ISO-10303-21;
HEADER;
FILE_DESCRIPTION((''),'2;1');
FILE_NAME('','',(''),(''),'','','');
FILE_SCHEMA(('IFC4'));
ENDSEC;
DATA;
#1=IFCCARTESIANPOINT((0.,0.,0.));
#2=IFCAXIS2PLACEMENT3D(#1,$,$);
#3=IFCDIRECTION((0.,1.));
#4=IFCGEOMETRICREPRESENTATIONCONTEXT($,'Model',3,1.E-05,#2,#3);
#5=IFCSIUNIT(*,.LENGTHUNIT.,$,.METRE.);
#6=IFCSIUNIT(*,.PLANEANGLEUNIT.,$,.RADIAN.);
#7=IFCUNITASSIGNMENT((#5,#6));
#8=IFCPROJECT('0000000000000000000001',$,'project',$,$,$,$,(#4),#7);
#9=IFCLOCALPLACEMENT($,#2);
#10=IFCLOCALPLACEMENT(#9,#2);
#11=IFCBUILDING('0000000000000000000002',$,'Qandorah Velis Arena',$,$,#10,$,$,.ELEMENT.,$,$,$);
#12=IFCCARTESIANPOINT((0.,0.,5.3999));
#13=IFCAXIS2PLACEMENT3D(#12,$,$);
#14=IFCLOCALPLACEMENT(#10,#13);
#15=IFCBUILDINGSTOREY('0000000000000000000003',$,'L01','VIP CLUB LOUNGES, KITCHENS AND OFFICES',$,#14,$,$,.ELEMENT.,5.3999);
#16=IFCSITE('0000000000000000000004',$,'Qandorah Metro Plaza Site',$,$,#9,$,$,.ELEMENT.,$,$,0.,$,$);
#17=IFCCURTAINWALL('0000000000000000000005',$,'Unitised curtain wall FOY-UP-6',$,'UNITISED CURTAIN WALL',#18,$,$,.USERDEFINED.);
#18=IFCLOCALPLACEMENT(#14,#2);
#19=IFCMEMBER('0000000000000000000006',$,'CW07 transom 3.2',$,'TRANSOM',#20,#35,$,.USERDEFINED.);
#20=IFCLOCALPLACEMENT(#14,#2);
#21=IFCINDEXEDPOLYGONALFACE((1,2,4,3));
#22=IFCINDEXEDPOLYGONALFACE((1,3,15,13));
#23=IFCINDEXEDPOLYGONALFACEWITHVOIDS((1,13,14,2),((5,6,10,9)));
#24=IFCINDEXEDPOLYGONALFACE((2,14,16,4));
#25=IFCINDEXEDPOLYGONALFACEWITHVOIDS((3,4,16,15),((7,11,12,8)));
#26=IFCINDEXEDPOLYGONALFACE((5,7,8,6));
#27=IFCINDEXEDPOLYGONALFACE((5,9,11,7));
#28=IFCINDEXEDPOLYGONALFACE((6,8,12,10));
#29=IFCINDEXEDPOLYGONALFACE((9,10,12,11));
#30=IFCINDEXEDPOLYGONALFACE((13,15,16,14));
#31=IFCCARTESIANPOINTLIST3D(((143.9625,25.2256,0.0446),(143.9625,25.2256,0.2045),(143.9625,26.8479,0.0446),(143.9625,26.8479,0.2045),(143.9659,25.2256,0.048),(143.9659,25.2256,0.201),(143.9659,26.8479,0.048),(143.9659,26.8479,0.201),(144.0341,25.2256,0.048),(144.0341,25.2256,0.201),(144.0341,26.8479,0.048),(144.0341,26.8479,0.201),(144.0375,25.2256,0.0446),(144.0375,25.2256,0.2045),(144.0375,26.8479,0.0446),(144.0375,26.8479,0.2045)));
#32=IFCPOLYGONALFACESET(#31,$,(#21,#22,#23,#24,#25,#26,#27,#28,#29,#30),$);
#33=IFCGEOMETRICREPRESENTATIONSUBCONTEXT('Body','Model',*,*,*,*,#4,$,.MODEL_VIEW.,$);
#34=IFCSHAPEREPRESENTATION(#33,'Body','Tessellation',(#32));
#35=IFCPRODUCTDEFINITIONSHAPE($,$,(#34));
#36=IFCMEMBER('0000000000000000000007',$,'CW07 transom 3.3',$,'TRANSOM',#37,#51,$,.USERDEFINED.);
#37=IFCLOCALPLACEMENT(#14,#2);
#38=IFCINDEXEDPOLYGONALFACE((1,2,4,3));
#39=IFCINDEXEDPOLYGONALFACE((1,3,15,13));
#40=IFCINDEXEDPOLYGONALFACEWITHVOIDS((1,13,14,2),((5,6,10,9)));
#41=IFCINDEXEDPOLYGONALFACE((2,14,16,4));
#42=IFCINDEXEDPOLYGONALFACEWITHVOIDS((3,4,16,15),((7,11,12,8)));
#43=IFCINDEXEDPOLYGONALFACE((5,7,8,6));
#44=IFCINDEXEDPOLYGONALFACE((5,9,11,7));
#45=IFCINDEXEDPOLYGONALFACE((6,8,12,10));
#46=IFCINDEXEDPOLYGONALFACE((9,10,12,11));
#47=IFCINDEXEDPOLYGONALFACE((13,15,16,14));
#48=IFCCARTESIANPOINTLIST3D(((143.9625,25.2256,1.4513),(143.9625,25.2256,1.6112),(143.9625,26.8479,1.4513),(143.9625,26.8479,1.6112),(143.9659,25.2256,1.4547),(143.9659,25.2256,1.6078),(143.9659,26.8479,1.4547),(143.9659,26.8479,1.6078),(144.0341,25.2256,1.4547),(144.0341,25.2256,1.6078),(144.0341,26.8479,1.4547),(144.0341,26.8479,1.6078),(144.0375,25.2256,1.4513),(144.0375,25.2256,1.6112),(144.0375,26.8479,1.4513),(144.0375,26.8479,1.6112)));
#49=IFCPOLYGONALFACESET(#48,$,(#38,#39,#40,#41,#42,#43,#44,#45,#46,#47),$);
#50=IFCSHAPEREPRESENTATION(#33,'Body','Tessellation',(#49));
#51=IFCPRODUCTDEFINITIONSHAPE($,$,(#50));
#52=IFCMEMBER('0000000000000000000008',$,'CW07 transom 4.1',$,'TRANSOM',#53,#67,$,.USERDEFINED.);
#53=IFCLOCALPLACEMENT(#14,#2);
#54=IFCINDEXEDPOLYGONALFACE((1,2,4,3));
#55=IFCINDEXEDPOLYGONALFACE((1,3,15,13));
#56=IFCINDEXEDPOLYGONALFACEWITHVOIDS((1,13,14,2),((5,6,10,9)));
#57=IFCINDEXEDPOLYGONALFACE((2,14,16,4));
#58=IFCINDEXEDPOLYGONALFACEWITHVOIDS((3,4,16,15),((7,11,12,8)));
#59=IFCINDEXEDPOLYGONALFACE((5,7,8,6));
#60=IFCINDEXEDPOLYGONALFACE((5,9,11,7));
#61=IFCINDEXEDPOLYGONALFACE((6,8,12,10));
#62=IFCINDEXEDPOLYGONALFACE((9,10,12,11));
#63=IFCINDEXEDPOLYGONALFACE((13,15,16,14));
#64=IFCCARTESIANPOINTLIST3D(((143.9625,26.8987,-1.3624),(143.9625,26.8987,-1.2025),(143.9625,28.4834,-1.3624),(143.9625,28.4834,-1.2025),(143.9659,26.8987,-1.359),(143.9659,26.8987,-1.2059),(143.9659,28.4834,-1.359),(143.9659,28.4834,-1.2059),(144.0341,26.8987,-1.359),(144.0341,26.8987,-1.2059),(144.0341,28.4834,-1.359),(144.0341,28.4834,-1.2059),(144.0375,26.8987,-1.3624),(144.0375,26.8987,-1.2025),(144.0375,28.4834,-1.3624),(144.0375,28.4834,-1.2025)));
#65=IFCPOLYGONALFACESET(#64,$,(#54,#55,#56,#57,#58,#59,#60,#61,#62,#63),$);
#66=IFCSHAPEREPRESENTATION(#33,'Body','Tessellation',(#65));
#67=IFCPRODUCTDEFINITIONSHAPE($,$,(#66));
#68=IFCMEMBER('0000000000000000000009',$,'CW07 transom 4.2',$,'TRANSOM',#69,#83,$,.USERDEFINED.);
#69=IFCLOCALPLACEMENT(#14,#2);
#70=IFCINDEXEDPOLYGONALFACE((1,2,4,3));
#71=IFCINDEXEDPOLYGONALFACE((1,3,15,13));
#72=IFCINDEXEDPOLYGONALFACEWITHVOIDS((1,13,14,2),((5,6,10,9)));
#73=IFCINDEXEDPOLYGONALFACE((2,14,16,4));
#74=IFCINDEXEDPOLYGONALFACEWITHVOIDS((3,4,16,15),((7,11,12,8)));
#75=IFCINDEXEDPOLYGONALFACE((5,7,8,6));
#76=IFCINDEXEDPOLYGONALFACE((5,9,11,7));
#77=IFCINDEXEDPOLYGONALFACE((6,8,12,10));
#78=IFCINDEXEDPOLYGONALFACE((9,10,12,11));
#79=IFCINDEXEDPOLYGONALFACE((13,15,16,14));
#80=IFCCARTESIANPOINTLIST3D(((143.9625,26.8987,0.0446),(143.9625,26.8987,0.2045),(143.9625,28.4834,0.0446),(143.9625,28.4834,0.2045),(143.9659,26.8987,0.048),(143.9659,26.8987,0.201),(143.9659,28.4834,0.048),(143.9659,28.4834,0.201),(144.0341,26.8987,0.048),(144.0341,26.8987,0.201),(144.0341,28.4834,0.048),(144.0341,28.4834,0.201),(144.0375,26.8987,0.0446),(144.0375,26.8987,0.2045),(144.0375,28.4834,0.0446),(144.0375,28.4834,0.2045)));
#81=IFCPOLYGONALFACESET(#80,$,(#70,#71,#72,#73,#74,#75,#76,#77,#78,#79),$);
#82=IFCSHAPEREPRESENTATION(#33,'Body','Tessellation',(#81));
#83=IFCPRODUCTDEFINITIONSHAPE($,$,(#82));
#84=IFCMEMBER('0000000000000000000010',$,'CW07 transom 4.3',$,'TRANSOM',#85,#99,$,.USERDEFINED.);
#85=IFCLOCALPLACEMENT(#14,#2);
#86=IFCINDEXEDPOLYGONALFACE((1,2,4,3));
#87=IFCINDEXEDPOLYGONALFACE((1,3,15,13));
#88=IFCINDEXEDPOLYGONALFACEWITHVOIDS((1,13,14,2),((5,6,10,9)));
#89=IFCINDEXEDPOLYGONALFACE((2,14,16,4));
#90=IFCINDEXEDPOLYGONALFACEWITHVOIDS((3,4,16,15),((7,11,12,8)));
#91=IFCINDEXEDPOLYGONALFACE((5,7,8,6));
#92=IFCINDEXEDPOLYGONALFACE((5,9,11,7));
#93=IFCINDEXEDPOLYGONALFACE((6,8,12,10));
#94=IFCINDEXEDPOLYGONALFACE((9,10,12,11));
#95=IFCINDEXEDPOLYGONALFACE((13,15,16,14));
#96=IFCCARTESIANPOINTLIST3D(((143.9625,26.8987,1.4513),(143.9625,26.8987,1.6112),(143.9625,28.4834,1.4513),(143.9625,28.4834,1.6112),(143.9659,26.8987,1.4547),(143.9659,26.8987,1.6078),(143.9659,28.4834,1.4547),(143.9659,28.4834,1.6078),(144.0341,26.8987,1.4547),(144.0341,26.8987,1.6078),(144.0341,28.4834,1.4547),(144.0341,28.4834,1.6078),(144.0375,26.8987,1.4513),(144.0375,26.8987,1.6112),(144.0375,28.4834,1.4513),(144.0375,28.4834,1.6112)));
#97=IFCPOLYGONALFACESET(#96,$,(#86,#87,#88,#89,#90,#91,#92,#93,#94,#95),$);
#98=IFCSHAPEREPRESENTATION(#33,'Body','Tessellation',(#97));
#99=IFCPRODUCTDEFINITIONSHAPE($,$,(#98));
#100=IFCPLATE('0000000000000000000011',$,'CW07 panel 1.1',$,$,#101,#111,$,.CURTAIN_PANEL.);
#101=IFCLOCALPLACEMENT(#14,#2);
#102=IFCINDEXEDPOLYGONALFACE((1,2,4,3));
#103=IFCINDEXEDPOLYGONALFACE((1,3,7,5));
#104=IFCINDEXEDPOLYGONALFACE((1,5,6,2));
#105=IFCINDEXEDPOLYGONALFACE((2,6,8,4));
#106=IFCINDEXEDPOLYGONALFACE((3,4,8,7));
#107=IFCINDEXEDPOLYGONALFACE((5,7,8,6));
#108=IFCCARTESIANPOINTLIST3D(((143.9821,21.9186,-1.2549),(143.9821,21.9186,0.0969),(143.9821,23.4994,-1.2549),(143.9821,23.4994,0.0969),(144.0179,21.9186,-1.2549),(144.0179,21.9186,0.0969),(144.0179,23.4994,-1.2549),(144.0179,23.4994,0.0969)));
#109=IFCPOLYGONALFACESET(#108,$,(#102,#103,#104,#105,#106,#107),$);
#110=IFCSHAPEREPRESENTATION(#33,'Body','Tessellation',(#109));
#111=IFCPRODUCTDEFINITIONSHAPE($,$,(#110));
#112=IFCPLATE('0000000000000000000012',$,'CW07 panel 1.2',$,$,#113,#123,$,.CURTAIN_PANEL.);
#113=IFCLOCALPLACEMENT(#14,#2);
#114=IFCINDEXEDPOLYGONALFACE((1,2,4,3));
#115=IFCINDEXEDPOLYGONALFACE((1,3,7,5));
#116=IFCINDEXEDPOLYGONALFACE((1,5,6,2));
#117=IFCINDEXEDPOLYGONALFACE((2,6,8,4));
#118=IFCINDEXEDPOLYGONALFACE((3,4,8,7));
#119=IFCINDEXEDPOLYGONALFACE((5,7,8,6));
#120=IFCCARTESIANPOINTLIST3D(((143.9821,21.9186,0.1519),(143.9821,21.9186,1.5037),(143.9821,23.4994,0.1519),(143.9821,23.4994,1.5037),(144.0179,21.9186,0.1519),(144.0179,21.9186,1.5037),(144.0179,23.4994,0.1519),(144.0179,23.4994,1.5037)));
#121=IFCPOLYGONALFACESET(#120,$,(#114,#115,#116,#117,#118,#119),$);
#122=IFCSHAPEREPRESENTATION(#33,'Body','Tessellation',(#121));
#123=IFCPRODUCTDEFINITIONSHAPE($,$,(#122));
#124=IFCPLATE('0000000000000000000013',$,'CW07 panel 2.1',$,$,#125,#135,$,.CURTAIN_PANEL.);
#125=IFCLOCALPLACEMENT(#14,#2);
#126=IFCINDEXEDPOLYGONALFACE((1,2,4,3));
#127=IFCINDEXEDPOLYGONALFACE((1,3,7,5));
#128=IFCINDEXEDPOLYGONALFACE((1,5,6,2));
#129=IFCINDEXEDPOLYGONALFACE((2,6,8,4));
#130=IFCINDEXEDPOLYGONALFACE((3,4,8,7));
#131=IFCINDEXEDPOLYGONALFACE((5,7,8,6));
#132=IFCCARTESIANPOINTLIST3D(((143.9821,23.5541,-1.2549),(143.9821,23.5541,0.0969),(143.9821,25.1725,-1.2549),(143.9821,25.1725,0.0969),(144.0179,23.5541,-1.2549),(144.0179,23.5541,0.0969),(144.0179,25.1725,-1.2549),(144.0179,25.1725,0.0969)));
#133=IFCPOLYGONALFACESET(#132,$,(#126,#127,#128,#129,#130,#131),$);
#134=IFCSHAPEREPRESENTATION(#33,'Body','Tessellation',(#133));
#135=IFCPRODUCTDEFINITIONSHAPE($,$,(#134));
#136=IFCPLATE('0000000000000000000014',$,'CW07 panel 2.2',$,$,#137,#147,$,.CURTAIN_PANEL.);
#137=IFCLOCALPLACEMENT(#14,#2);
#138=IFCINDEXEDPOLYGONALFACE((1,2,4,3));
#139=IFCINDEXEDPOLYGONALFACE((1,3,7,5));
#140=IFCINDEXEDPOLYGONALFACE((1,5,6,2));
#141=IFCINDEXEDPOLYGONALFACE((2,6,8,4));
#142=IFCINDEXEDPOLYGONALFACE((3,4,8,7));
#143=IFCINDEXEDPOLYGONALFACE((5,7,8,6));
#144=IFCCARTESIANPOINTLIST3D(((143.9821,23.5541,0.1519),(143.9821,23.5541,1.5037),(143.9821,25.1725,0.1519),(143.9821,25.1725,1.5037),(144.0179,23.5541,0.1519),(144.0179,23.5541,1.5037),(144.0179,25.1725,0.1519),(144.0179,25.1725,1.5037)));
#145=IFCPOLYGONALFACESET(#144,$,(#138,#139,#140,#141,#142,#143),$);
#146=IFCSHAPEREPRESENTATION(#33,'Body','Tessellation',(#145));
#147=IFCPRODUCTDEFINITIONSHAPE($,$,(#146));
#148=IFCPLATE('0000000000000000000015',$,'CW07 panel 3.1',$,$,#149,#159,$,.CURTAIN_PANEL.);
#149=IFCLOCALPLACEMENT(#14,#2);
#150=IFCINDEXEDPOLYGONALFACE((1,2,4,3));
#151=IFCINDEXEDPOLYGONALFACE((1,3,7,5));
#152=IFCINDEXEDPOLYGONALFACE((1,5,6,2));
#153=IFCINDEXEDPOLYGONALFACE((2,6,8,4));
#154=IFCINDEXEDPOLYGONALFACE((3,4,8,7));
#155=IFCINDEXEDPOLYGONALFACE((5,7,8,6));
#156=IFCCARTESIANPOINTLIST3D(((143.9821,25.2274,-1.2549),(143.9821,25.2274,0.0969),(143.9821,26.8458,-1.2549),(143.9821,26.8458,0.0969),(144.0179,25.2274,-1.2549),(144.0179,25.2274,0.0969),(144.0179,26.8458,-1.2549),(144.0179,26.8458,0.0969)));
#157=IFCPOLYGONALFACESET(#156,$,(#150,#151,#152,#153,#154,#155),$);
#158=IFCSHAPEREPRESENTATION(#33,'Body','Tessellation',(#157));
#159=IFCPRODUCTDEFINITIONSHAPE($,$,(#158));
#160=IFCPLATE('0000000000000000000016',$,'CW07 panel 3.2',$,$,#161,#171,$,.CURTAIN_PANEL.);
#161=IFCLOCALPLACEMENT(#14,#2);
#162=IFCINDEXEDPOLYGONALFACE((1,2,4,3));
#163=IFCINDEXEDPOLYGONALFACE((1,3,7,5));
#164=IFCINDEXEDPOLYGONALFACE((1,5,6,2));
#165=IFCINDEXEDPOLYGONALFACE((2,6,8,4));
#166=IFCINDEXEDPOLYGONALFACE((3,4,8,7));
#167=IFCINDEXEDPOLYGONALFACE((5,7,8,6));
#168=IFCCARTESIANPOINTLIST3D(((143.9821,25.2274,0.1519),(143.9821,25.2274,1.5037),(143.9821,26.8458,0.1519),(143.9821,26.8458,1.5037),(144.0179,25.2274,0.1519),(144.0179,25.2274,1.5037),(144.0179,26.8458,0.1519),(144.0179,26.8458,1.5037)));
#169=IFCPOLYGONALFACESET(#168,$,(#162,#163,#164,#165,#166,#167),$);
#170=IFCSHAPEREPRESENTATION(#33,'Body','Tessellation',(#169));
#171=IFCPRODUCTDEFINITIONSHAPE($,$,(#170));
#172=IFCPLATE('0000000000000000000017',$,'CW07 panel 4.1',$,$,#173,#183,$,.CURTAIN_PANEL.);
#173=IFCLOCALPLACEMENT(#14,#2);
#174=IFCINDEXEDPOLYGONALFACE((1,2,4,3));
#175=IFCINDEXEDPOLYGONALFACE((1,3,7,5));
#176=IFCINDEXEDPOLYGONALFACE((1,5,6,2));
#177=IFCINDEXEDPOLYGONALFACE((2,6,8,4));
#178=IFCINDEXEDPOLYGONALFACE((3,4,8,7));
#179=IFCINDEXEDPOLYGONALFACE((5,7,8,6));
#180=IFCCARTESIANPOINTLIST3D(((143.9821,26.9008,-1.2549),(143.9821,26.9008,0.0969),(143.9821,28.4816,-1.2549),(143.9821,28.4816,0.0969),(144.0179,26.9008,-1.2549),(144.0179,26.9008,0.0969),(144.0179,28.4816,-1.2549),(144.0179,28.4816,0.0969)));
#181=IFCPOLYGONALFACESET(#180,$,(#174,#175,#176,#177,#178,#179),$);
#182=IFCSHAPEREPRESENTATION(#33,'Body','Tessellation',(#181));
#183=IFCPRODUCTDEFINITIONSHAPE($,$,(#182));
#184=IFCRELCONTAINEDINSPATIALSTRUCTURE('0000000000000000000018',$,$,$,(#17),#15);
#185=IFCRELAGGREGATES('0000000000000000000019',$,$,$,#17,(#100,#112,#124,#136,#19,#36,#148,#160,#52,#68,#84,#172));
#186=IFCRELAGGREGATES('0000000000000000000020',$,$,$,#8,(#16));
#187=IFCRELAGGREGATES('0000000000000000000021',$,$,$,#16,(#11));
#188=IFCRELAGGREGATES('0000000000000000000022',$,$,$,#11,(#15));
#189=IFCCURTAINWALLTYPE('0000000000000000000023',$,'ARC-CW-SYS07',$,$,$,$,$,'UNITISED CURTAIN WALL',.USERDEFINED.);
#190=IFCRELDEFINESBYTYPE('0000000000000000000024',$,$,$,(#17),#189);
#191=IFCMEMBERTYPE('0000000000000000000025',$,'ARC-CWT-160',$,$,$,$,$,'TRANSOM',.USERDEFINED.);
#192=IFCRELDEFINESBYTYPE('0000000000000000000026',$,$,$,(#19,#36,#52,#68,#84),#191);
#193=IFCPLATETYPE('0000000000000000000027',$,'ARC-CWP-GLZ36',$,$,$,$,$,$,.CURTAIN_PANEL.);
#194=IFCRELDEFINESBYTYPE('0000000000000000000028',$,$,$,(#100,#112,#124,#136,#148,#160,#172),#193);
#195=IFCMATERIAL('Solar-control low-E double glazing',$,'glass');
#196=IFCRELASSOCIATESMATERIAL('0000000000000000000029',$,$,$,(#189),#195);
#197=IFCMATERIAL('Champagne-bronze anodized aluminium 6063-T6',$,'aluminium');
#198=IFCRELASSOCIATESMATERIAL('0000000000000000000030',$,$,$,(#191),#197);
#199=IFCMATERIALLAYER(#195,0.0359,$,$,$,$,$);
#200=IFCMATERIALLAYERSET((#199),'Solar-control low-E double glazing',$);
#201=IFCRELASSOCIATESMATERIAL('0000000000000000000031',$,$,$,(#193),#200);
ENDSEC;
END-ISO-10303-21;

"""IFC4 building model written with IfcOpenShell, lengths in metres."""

from ifc_helpers import new_model, si_unit, direction, frame, origin, origin_2d, place, context, subcontext, project, spatial, rectangle, hollow_rectangle, extrude, material, layer, layer_set, material_profile, profile_set, type_object, element, aggregate, save


model = new_model("IFC4")

# Units and contexts
model_context = context("Model", 3, precision=1e-05, world=origin(), true_north=direction((0.0, 1.0)))
body_context = subcontext(model_context, "Body", "Model", "MODEL_VIEW")
ifc_project = project(units=[si_unit("LENGTHUNIT", "METRE"), si_unit("PLANEANGLEUNIT", "RADIAN")], contexts=[model_context])

# Site, building, storey
site_placement = place(None, origin())
site = spatial("IfcSite", under=ifc_project, at=site_placement, Name="Qandorah Metro Plaza Site", CompositionType="ELEMENT", RefElevation=0.0)
building_placement = place(site_placement, origin())
building = spatial("IfcBuilding", under=site, at=building_placement, Name="Qandorah Velis Arena", CompositionType="ELEMENT")
storey_placement = place(building_placement, frame((0.0, 0.0, 5.3999)))
storey = spatial("IfcBuildingStorey", under=building, at=storey_placement, Name="L01", Description="VIP CLUB LOUNGES, KITCHENS AND OFFICES", CompositionType="ELEMENT", Elevation=5.3999)

# Curtain wall, members, plates
ifc_material_1 = material(Name="Solar-control low-E double glazing", Category="glass")
curtain_wall_type = type_object("IfcCurtainWallType", Name="ARC-CW-SYS07", ElementType="UNITISED CURTAIN WALL", PredefinedType="USERDEFINED", material=ifc_material_1)
curtain_wall_placement = place(storey_placement, origin())
curtain_wall = element("IfcCurtainWall", 1, at=curtain_wall_placement, inside=storey, type_object=curtain_wall_type, Name="Unitised curtain wall FOY-UP-6", ObjectType="UNITISED CURTAIN WALL", PredefinedType="USERDEFINED")
ifc_material_2 = material(Name="Champagne-bronze anodized aluminium 6063-T6", Category="aluminium")
ifc_material_profile_1 = material_profile(ifc_material_2, hollow_rectangle(XDim=0.075, YDim=0.1599, WallThickness=0.0034, at=origin_2d()), Name="ALU TRANSOM 75x160")
ifc_profile_set_1 = profile_set([ifc_material_profile_1], Name="Champagne-bronze anodized aluminium 6063-T6")
member_type_1 = type_object("IfcMemberType", Name="ARC-CWT-160", ElementType="TRANSOM", PredefinedType="USERDEFINED", material=ifc_profile_set_1)
member_1_placement = place(storey_placement, frame((144.0, 25.2256, 0.1245), z_axis=(0.0, 1.0, 0.0), x_axis=(-1.0, 0.0, 0.0)))
member_1 = element("IfcMember", 2, at=member_1_placement, type_object=member_type_1, Name="CW07 transom 3.2", ObjectType="TRANSOM", PredefinedType="USERDEFINED", context=body_context, shape_type="SweptSolid", body=[
    extrude(hollow_rectangle(XDim=0.075, YDim=0.1599, WallThickness=0.0034, at=origin_2d()), origin(), (0.0, 0.0, 1.0), 1.6223),
])
member_2_placement = place(storey_placement, frame((144.0, 25.2256, 1.5312), z_axis=(0.0, 1.0, 0.0), x_axis=(-1.0, 0.0, 0.0)))
member_2 = element("IfcMember", 3, at=member_2_placement, type_object=member_type_1, Name="CW07 transom 3.3", ObjectType="TRANSOM", PredefinedType="USERDEFINED", context=body_context, shape_type="SweptSolid", body=[
    extrude(hollow_rectangle(XDim=0.075, YDim=0.1599, WallThickness=0.0034, at=origin_2d()), origin(), (0.0, 0.0, 1.0), 1.6223),
])
member_3_placement = place(storey_placement, frame((144.0, 26.8987, -1.2825), z_axis=(0.0, 1.0, 0.0), x_axis=(-1.0, 0.0, 0.0)))
member_3 = element("IfcMember", 4, at=member_3_placement, type_object=member_type_1, Name="CW07 transom 4.1", ObjectType="TRANSOM", PredefinedType="USERDEFINED", context=body_context, shape_type="SweptSolid", body=[
    extrude(hollow_rectangle(XDim=0.075, YDim=0.1599, WallThickness=0.0034, at=origin_2d()), origin(), (0.0, 0.0, 1.0), 1.5847),
])
member_4_placement = place(storey_placement, frame((144.0, 26.8987, 0.1245), z_axis=(0.0, 1.0, 0.0), x_axis=(-1.0, 0.0, 0.0)))
member_4 = element("IfcMember", 5, at=member_4_placement, type_object=member_type_1, Name="CW07 transom 4.2", ObjectType="TRANSOM", PredefinedType="USERDEFINED", context=body_context, shape_type="SweptSolid", body=[
    extrude(hollow_rectangle(XDim=0.075, YDim=0.1599, WallThickness=0.0034, at=origin_2d()), origin(), (0.0, 0.0, 1.0), 1.5847),
])
member_5_placement = place(storey_placement, frame((144.0, 26.8987, 1.5312), z_axis=(0.0, 1.0, 0.0), x_axis=(-1.0, 0.0, 0.0)))
member_5 = element("IfcMember", 6, at=member_5_placement, type_object=member_type_1, Name="CW07 transom 4.3", ObjectType="TRANSOM", PredefinedType="USERDEFINED", context=body_context, shape_type="SweptSolid", body=[
    extrude(hollow_rectangle(XDim=0.075, YDim=0.1599, WallThickness=0.0034, at=origin_2d()), origin(), (0.0, 0.0, 1.0), 1.5847),
])
ifc_layer = layer(ifc_material_1, 0.0359)
ifc_layer_set = layer_set([ifc_layer], Name="Solar-control low-E double glazing")
plate_type = type_object("IfcPlateType", Name="ARC-CWP-GLZ36", PredefinedType="CURTAIN_PANEL", material=ifc_layer_set)
plate_1_placement = place(storey_placement, frame((144.0, 22.709, -1.2549), z_axis=(0.0, 0.0, 1.0), x_axis=(0.0, 1.0, 0.0)))
plate_1 = element("IfcPlate", 7, at=plate_1_placement, type_object=plate_type, Name="CW07 panel 1.1", PredefinedType="CURTAIN_PANEL", context=body_context, shape_type="SweptSolid", body=[
    extrude(rectangle(XDim=1.5808, YDim=0.0359, at=origin_2d()), origin(), (0.0, 0.0, 1.0), 1.3518),
])
plate_2_placement = place(storey_placement, frame((144.0, 22.709, 0.1519), z_axis=(0.0, 0.0, 1.0), x_axis=(0.0, 1.0, 0.0)))
plate_2 = element("IfcPlate", 8, at=plate_2_placement, type_object=plate_type, Name="CW07 panel 1.2", PredefinedType="CURTAIN_PANEL", context=body_context, shape_type="SweptSolid", body=[
    extrude(rectangle(XDim=1.5808, YDim=0.0359, at=origin_2d()), origin(), (0.0, 0.0, 1.0), 1.3518),
])
plate_3_placement = place(storey_placement, frame((144.0, 24.3633, -1.2549), z_axis=(0.0, 0.0, 1.0), x_axis=(0.0, 1.0, 0.0)))
plate_3 = element("IfcPlate", 9, at=plate_3_placement, type_object=plate_type, Name="CW07 panel 2.1", PredefinedType="CURTAIN_PANEL", context=body_context, shape_type="SweptSolid", body=[
    extrude(rectangle(XDim=1.6184, YDim=0.0359, at=origin_2d()), origin(), (0.0, 0.0, 1.0), 1.3518),
])
plate_4_placement = place(storey_placement, frame((144.0, 24.3633, 0.1519), z_axis=(0.0, 0.0, 1.0), x_axis=(0.0, 1.0, 0.0)))
plate_4 = element("IfcPlate", 10, at=plate_4_placement, type_object=plate_type, Name="CW07 panel 2.2", PredefinedType="CURTAIN_PANEL", context=body_context, shape_type="SweptSolid", body=[
    extrude(rectangle(XDim=1.6184, YDim=0.0359, at=origin_2d()), origin(), (0.0, 0.0, 1.0), 1.3518),
])
plate_5_placement = place(storey_placement, frame((144.0, 26.0366, -1.2549), z_axis=(0.0, 0.0, 1.0), x_axis=(0.0, 1.0, 0.0)))
plate_5 = element("IfcPlate", 11, at=plate_5_placement, type_object=plate_type, Name="CW07 panel 3.1", PredefinedType="CURTAIN_PANEL", context=body_context, shape_type="SweptSolid", body=[
    extrude(rectangle(XDim=1.6184, YDim=0.0359, at=origin_2d()), origin(), (0.0, 0.0, 1.0), 1.3518),
])
plate_6_placement = place(storey_placement, frame((144.0, 26.0366, 0.1519), z_axis=(0.0, 0.0, 1.0), x_axis=(0.0, 1.0, 0.0)))
plate_6 = element("IfcPlate", 12, at=plate_6_placement, type_object=plate_type, Name="CW07 panel 3.2", PredefinedType="CURTAIN_PANEL", context=body_context, shape_type="SweptSolid", body=[
    extrude(rectangle(XDim=1.6184, YDim=0.0359, at=origin_2d()), origin(), (0.0, 0.0, 1.0), 1.3518),
])
plate_7_placement = place(storey_placement, frame((144.0, 27.6912, -1.2549), z_axis=(0.0, 0.0, 1.0), x_axis=(0.0, 1.0, 0.0)))
plate_7 = element("IfcPlate", 13, at=plate_7_placement, type_object=plate_type, Name="CW07 panel 4.1", PredefinedType="CURTAIN_PANEL", context=body_context, shape_type="SweptSolid", body=[
    extrude(rectangle(XDim=1.5808, YDim=0.0359, at=origin_2d()), origin(), (0.0, 0.0, 1.0), 1.3518),
])
aggregate(curtain_wall, [plate_1, plate_2, plate_3, plate_4, member_1, member_2, plate_5, plate_6, member_3, member_4, member_5, plate_7])

save(model, "model.ifc")
